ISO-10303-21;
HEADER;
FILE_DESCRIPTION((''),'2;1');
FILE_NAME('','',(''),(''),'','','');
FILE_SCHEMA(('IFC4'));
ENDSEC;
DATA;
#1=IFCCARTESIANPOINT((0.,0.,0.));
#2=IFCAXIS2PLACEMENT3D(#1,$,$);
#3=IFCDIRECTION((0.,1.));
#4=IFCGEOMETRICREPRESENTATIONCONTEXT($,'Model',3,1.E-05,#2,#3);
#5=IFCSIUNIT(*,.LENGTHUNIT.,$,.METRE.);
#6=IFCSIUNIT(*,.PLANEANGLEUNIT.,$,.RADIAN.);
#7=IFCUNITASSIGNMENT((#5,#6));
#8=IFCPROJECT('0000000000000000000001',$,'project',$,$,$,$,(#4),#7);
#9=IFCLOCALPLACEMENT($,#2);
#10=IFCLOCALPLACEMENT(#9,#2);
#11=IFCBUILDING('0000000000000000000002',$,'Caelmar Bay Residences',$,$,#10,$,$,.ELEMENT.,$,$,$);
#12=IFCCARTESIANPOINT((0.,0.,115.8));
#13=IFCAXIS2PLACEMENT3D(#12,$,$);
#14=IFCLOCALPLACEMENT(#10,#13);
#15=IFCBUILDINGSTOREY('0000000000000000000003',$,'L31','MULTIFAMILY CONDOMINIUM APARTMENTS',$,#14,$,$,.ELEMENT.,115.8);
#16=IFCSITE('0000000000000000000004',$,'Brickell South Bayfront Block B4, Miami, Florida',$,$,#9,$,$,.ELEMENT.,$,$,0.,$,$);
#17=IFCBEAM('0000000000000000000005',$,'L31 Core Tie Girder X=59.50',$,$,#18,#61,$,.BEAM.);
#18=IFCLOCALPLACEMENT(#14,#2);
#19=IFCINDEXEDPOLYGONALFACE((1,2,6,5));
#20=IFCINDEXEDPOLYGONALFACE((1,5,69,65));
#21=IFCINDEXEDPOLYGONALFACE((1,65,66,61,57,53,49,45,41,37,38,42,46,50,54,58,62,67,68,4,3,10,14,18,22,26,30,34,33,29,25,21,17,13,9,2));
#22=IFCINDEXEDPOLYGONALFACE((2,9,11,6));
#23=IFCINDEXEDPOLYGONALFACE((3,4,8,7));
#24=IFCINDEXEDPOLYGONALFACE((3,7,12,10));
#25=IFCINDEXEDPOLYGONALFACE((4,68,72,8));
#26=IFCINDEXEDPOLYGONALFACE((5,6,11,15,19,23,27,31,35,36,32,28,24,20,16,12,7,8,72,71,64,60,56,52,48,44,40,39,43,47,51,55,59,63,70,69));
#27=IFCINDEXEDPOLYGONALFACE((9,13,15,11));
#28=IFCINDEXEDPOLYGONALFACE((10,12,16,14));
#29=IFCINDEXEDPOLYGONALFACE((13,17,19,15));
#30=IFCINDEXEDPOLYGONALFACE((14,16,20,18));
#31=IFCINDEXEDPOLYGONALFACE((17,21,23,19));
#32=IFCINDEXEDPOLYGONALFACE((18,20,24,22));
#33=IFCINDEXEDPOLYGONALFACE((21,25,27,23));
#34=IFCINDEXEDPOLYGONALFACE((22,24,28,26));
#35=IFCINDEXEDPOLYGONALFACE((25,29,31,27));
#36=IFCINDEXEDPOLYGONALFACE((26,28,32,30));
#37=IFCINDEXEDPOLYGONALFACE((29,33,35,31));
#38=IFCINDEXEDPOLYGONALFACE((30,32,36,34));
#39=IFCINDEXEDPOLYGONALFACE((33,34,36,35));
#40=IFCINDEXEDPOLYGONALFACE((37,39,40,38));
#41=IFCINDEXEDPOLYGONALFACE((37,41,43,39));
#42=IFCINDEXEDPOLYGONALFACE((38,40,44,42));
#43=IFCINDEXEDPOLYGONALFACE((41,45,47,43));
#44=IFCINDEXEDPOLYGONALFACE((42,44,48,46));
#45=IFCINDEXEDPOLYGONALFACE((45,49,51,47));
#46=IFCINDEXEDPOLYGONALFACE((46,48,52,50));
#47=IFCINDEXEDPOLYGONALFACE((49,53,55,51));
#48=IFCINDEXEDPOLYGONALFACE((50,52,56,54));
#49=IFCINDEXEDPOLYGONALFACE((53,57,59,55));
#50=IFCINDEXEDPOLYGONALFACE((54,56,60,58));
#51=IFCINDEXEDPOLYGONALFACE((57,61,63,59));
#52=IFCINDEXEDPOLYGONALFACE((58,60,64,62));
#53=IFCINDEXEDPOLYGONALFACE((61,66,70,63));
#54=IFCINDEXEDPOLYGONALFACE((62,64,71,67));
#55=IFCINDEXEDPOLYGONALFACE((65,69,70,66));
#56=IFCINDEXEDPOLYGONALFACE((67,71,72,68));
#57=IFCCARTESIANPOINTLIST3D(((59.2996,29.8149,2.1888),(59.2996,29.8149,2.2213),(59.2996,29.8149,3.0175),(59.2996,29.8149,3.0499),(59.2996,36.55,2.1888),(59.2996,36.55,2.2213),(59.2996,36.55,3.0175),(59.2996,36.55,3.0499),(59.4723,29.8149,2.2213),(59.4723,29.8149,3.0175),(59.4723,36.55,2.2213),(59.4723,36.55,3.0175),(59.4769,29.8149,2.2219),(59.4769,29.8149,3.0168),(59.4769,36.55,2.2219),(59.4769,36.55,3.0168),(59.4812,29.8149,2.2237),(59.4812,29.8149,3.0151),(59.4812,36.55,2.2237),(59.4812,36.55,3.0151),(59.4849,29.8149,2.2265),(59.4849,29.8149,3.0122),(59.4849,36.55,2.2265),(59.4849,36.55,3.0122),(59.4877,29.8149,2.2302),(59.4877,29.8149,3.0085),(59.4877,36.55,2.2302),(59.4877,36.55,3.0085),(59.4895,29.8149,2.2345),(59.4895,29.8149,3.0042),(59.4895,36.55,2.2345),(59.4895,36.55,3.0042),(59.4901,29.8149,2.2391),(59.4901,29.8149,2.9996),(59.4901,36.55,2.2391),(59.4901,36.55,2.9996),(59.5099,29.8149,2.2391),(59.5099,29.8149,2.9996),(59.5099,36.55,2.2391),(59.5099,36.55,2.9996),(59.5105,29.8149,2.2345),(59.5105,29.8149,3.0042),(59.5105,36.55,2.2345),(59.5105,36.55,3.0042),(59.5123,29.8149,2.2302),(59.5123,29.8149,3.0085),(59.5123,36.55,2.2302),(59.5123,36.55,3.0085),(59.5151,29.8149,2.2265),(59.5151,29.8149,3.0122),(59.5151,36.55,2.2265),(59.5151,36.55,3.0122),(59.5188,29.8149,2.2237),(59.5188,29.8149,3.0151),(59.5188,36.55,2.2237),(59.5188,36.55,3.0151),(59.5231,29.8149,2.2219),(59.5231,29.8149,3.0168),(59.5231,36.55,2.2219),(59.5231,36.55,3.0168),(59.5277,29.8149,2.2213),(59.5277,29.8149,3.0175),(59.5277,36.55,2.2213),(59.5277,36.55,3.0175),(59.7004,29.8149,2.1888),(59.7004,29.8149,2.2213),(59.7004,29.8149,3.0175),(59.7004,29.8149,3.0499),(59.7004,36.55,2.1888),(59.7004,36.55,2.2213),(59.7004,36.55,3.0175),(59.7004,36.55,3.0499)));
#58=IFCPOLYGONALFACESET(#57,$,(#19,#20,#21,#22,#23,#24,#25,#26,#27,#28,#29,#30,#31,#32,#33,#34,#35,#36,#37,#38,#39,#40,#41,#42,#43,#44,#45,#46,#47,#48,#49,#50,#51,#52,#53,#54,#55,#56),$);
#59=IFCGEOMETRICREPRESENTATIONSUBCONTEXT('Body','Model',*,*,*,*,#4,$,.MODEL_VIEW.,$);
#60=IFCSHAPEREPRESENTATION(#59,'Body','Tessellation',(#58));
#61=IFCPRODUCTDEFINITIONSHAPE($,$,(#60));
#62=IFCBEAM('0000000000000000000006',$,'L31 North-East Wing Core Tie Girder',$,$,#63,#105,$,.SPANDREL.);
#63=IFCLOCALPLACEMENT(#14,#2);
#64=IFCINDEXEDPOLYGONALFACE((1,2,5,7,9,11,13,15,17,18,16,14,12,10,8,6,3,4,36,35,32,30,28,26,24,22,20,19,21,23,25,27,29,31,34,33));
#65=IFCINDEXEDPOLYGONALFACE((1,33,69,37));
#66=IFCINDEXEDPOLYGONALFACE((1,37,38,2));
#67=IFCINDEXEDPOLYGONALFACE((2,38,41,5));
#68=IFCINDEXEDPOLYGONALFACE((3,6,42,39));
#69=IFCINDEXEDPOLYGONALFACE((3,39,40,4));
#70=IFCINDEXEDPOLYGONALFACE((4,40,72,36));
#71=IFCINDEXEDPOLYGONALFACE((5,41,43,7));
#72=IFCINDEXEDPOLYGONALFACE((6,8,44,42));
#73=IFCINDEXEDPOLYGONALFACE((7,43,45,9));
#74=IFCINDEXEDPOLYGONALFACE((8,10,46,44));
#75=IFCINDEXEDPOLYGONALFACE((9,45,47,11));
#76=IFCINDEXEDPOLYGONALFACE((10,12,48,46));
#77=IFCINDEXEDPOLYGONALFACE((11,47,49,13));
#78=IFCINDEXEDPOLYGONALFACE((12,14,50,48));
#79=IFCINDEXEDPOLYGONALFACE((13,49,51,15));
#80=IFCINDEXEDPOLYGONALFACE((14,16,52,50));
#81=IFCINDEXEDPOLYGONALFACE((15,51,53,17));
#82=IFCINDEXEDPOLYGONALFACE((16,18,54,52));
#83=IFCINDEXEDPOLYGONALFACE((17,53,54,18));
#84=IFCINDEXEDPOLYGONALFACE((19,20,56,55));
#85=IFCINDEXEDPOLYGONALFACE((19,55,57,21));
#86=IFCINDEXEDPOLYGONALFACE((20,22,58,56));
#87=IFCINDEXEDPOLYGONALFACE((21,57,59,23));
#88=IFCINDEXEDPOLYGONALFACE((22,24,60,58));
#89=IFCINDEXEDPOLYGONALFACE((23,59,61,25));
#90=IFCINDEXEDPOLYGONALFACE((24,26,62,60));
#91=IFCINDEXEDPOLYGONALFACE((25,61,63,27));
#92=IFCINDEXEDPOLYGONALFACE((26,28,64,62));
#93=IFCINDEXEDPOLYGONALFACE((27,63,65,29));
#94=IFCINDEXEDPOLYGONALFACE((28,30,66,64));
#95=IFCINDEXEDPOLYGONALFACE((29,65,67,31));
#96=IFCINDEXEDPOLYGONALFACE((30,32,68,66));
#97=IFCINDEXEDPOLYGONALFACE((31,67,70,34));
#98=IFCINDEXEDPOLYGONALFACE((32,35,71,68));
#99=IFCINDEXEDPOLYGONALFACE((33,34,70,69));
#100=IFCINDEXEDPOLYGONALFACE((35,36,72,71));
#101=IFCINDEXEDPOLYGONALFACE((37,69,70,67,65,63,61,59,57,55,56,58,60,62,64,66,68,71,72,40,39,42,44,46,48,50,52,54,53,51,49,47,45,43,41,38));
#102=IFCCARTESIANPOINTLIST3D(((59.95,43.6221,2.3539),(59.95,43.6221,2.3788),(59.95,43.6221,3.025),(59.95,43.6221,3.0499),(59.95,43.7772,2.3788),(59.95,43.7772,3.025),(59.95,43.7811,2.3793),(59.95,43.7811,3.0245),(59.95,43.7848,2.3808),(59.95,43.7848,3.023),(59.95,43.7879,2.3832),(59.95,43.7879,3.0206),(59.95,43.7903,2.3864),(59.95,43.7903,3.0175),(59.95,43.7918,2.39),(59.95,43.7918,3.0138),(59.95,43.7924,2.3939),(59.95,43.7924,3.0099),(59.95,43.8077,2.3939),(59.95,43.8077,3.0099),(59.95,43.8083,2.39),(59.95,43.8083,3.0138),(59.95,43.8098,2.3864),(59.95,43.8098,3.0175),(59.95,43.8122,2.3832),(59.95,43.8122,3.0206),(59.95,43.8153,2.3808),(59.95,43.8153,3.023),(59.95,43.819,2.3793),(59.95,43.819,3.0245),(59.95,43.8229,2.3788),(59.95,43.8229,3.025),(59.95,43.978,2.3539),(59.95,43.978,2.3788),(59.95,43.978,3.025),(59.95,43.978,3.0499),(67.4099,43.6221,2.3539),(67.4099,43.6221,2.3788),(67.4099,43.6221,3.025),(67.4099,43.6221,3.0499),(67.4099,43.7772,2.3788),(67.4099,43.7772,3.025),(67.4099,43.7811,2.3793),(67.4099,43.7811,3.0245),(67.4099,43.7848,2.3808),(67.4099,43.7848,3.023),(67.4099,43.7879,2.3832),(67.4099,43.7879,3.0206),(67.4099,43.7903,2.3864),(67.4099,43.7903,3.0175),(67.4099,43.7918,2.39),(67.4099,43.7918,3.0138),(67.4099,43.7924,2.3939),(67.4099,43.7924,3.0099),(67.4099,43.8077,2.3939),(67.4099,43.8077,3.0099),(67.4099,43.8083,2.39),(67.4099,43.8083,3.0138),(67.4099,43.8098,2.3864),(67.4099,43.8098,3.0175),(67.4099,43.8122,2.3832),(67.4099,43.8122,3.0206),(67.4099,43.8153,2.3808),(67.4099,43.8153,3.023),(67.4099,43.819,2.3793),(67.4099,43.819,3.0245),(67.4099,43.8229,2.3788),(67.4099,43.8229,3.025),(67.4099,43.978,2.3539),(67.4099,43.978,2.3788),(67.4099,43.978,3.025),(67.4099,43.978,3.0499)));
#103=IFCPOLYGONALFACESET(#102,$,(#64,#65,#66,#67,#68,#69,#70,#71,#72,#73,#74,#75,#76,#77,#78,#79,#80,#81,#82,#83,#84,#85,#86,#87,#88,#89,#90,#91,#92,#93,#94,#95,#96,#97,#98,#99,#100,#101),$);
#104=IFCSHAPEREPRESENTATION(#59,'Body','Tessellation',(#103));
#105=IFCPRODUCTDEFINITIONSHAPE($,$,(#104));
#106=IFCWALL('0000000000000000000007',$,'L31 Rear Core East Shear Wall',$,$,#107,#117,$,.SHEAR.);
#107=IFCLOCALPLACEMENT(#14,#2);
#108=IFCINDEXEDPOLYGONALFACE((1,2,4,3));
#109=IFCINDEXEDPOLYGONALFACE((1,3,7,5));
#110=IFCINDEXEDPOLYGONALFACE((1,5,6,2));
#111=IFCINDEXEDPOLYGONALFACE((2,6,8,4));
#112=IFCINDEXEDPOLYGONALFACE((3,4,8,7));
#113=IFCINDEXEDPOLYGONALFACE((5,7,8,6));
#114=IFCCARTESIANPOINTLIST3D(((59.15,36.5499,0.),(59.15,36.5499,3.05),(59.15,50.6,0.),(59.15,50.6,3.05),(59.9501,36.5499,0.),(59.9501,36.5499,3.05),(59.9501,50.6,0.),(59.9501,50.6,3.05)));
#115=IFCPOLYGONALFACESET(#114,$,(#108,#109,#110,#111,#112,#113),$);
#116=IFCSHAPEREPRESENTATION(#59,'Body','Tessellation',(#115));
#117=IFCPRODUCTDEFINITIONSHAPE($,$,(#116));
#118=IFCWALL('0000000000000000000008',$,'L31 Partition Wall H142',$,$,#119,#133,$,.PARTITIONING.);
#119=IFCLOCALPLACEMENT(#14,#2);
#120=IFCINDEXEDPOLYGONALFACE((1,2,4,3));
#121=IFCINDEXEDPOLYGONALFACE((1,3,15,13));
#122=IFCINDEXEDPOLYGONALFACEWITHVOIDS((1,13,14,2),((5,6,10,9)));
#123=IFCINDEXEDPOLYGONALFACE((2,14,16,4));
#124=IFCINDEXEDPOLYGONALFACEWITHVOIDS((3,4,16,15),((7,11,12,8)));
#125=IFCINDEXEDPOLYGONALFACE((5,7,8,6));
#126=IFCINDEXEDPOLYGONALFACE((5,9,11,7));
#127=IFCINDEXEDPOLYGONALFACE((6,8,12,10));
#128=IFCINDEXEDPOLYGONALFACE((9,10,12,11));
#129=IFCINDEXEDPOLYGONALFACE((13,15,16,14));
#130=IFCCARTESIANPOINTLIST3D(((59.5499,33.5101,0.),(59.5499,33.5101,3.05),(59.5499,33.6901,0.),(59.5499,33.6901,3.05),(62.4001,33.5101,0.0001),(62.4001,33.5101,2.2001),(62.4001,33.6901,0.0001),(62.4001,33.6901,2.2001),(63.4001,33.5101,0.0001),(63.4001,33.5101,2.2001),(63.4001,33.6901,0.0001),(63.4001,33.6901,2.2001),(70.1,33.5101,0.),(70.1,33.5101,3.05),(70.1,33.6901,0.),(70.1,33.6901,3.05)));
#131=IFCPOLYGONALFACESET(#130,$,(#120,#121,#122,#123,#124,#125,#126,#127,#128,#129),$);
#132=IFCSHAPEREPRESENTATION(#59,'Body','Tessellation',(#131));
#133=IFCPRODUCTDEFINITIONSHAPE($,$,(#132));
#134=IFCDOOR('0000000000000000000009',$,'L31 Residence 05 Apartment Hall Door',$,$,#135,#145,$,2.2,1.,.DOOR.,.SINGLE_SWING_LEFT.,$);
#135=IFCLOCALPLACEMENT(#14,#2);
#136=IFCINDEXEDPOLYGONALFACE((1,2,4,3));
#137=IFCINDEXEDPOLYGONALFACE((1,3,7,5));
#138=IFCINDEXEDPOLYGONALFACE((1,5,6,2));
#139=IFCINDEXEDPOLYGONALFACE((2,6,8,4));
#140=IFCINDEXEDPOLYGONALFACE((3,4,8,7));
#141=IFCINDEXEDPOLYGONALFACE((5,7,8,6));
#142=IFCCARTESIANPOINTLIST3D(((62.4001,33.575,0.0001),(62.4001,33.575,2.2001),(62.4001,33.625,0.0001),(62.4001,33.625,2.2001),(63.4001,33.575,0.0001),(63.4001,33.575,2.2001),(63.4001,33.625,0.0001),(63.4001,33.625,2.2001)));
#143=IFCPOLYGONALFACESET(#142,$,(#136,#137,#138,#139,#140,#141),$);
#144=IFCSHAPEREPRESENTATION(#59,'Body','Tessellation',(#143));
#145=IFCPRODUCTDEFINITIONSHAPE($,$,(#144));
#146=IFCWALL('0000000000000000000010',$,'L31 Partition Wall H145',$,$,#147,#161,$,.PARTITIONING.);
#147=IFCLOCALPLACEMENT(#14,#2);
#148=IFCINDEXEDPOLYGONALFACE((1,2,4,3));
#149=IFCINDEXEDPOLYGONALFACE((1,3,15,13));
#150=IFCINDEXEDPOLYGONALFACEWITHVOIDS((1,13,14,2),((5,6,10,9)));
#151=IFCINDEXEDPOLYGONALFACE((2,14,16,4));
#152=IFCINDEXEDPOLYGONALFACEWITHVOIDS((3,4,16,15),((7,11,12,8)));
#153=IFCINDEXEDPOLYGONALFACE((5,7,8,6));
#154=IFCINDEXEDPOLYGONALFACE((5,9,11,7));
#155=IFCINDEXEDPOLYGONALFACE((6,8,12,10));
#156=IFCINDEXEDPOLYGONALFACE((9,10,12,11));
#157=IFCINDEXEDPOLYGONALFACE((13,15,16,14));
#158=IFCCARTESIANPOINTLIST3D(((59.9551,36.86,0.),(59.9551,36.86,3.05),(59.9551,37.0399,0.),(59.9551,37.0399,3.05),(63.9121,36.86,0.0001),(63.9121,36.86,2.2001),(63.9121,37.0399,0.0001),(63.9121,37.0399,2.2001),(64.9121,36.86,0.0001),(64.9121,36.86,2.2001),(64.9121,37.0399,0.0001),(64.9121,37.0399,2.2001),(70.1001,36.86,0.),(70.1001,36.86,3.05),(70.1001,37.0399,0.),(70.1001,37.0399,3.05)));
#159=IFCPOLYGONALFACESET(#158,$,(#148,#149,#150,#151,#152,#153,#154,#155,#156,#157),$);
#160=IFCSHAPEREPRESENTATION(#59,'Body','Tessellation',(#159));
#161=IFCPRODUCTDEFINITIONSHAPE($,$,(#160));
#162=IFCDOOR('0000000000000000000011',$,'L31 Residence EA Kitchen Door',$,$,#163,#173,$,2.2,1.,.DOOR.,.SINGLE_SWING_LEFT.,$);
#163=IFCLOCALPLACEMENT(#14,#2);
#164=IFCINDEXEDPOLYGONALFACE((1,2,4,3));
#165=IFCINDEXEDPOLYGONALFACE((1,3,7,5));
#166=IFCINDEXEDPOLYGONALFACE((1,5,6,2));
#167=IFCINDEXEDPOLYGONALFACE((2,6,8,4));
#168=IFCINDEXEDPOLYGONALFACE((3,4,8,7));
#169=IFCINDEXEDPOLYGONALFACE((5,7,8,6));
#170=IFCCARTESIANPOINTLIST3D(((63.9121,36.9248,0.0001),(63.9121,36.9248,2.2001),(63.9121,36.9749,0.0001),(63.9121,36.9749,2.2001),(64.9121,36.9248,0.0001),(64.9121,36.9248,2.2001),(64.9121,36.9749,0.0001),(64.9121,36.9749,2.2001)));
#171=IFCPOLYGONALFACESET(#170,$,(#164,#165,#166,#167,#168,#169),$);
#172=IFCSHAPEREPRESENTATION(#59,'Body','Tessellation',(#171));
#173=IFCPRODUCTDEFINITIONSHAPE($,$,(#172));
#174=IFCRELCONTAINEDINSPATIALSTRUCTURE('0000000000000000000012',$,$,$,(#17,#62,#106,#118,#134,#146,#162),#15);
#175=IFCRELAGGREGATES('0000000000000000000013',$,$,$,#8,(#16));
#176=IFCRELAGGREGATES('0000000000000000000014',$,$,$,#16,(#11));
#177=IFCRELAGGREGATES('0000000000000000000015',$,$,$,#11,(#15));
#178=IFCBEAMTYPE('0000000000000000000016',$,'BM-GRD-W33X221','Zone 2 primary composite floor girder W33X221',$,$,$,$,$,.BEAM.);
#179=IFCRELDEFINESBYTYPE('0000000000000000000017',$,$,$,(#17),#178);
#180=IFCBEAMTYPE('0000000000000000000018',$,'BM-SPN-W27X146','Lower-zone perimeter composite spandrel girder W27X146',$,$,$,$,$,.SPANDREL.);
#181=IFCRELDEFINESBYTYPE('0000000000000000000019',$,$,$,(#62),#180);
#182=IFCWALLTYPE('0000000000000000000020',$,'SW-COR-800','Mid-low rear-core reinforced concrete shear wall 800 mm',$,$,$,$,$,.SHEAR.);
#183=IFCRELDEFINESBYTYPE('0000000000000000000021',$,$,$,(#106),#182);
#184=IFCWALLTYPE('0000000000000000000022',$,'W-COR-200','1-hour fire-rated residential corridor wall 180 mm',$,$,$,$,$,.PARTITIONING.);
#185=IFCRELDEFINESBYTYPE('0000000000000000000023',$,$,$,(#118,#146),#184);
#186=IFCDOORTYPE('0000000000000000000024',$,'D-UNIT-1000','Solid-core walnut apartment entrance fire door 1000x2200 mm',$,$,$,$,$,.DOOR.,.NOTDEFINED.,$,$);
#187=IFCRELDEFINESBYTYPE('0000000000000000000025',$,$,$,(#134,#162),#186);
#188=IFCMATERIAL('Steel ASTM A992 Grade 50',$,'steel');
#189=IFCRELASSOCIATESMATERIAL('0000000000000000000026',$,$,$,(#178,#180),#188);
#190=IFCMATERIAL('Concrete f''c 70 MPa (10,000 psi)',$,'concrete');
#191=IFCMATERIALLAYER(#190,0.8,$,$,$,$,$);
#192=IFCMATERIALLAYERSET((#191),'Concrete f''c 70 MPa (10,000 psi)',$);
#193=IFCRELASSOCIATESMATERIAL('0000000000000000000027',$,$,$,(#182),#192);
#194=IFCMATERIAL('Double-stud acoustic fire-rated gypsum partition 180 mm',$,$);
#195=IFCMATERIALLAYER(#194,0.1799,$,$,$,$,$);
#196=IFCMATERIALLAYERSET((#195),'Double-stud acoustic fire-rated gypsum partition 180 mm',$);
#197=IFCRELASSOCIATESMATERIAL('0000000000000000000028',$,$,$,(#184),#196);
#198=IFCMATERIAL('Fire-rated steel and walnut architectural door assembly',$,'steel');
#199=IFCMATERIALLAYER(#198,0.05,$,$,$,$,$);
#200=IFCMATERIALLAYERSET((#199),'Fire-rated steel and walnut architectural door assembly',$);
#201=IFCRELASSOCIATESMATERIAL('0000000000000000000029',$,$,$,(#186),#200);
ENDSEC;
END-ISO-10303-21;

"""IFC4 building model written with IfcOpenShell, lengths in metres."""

from ifc_helpers import new_model, si_unit, direction, frame, frame_2d, origin, origin_2d, place, context, subcontext, project, spatial, rectangle, i_section, extrude, material, layer, layer_set, material_profile, profile_set, type_object, element, fill, save


model = new_model("IFC4")

# Units and contexts
model_context = context("Model", 3, precision=1e-05, world=origin(), true_north=direction((0.0, 1.0)))
body_context = subcontext(model_context, "Body", "Model", "MODEL_VIEW")
ifc_project = project(units=[si_unit("LENGTHUNIT", "METRE"), si_unit("PLANEANGLEUNIT", "RADIAN")], contexts=[model_context])

# Site, building, storey
site_placement = place(None, origin())
site = spatial("IfcSite", under=ifc_project, at=site_placement, Name="Brickell South Bayfront Block B4, Miami, Florida", CompositionType="ELEMENT", RefElevation=0.0)
building_placement = place(site_placement, origin())
building = spatial("IfcBuilding", under=site, at=building_placement, Name="Caelmar Bay Residences", CompositionType="ELEMENT")
storey_placement = place(building_placement, frame((0.0, 0.0, 115.8)))
storey = spatial("IfcBuildingStorey", under=building, at=storey_placement, Name="L31", Description="MULTIFAMILY CONDOMINIUM APARTMENTS", CompositionType="ELEMENT", Elevation=115.8)

# Beams
ifc_material_1 = material(Name="Steel ASTM A992 Grade 50", Category="steel")
ifc_material_profile_1 = material_profile(ifc_material_1, i_section(OverallWidth=0.4009, OverallDepth=0.8611, WebThickness=0.0198, FlangeThickness=0.0325, FilletRadius=0.0178, at=origin_2d()), Name="W33X221")
ifc_profile_set_1 = profile_set([ifc_material_profile_1], Name="Steel ASTM A992 Grade 50")
beam_type_1 = type_object("IfcBeamType", Name="BM-GRD-W33X221", Description="Zone 2 primary composite floor girder W33X221", PredefinedType="BEAM", material=ifc_profile_set_1)
beam_1_placement = place(storey_placement, frame((59.5, 29.8149, 2.6194), z_axis=(0.0, 1.0, 0.0), x_axis=(-1.0, 0.0, 0.0)))
element("IfcBeam", 1, at=beam_1_placement, inside=storey, type_object=beam_type_1, Name="L31 Core Tie Girder X=59.50", PredefinedType="BEAM", context=body_context, shape_type="SweptSolid", body=[
    extrude(i_section(OverallWidth=0.4009, OverallDepth=0.8611, WebThickness=0.0198, FlangeThickness=0.0325, FilletRadius=0.0178, at=origin_2d()), origin(), (0.0, 0.0, 1.0), 6.7351),
])
ifc_material_profile_2 = material_profile(ifc_material_1, i_section(OverallWidth=0.356, OverallDepth=0.696, WebThickness=0.0154, FlangeThickness=0.0249, FilletRadius=0.0151, at=origin_2d()), Name="W27X146")
ifc_profile_set_2 = profile_set([ifc_material_profile_2], Name="Steel ASTM A992 Grade 50")
beam_type_2 = type_object("IfcBeamType", Name="BM-SPN-W27X146", Description="Lower-zone perimeter composite spandrel girder W27X146", PredefinedType="SPANDREL", material=ifc_profile_set_2)
beam_2_placement = place(storey_placement, frame((59.95, 43.8, 2.7019), z_axis=(1.0, 0.0, 0.0), x_axis=(0.0, 1.0, 0.0)))
element("IfcBeam", 2, at=beam_2_placement, inside=storey, type_object=beam_type_2, Name="L31 North-East Wing Core Tie Girder", PredefinedType="SPANDREL", context=body_context, shape_type="SweptSolid", body=[
    extrude(i_section(OverallWidth=0.356, OverallDepth=0.696, WebThickness=0.0154, FlangeThickness=0.0249, FilletRadius=0.0151, at=origin_2d()), origin(), (0.0, 0.0, 1.0), 7.46),
])

# Wall
ifc_material_2 = material(Name="Concrete f'c 70 MPa (10,000 psi)", Category="concrete")
ifc_layer_1 = layer(ifc_material_2, 0.8)
ifc_layer_set_1 = layer_set([ifc_layer_1], Name="Concrete f'c 70 MPa (10,000 psi)")
wall_type_1 = type_object("IfcWallType", Name="SW-COR-800", Description="Mid-low rear-core reinforced concrete shear wall 800 mm", PredefinedType="SHEAR", material=ifc_layer_set_1)
wall_1_placement = place(storey_placement, frame((59.55, 36.55, 0.0), z_axis=(0.0, 0.0, 1.0), x_axis=(0.0, 1.0, 0.0)))
element("IfcWall", 3, at=wall_1_placement, inside=storey, type_object=wall_type_1, Name="L31 Rear Core East Shear Wall", PredefinedType="SHEAR", context=body_context, shape_type="SweptSolid", body=[
    extrude(rectangle(XDim=14.05, YDim=0.8, at=frame_2d((7.0249, 0.0))), origin(), (0.0, 0.0, 1.0), 3.05),
])

# Walls, openings, doors
ifc_material_3 = material(Name="Double-stud acoustic fire-rated gypsum partition 180 mm")
ifc_layer_2 = layer(ifc_material_3, 0.1799)
ifc_layer_set_2 = layer_set([ifc_layer_2], Name="Double-stud acoustic fire-rated gypsum partition 180 mm")
wall_type_2 = type_object("IfcWallType", Name="W-COR-200", Description="1-hour fire-rated residential corridor wall 180 mm", PredefinedType="PARTITIONING", material=ifc_layer_set_2)
wall_2_placement = place(storey_placement, frame((59.55, 33.6001, 0.0), z_axis=(0.0, 0.0, 1.0), x_axis=(1.0, 0.0, 0.0)))
wall_2 = element("IfcWall", 4, at=wall_2_placement, inside=storey, type_object=wall_type_2, Name="L31 Partition Wall H142", PredefinedType="PARTITIONING", context=body_context, shape_type="SweptSolid", body=[
    extrude(rectangle(XDim=10.55, YDim=0.1799, at=frame_2d((5.2749, 0.0))), origin(), (0.0, 0.0, 1.0), 3.05),
])
opening_1_placement = place(wall_2_placement, frame((2.8501, 0.0, 0.0)))
opening_1 = element("IfcOpeningElement", 5, at=opening_1_placement, cuts=wall_2, PredefinedType="OPENING", context=body_context, shape_type="SweptSolid", body=[
    extrude(rectangle(XDim=1.0, YDim=2.2, at=frame_2d((0.5, 1.1001))), frame((0.0, 0.0999, 0.0), z_axis=(0.0, -1.0, 0.0), x_axis=(1.0, 0.0, 0.0)), (0.0, 0.0, 1.0), 0.2),
])
ifc_material_4 = material(Name="Fire-rated steel and walnut architectural door assembly", Category="steel")
ifc_layer_3 = layer(ifc_material_4, 0.05)
ifc_layer_set_3 = layer_set([ifc_layer_3], Name="Fire-rated steel and walnut architectural door assembly")
door_type_1 = type_object("IfcDoorType", Name="D-UNIT-1000", Description="Solid-core walnut apartment entrance fire door 1000x2200 mm", OperationType="NOTDEFINED", PredefinedType="DOOR", material=ifc_layer_set_3)
door_1_placement = place(opening_1_placement, origin())
door_1 = element("IfcDoor", 6, at=door_1_placement, inside=storey, type_object=door_type_1, Name="L31 Residence 05 Apartment Hall Door", OperationType="SINGLE_SWING_LEFT", OverallHeight=2.2, OverallWidth=1.0, PredefinedType="DOOR", context=body_context, shape_type="SweptSolid", body=[
    extrude(rectangle(XDim=1.0, YDim=2.2, at=frame_2d((0.5, 1.1001))), frame((0.0, 0.0249, 0.0), z_axis=(0.0, -1.0, 0.0), x_axis=(1.0, 0.0, 0.0)), (0.0, 0.0, 1.0), 0.05),
])
fill(opening_1, door_1)
wall_3_placement = place(storey_placement, frame((59.9551, 36.95, 0.0), z_axis=(0.0, 0.0, 1.0), x_axis=(1.0, 0.0, 0.0)))
wall_3 = element("IfcWall", 7, at=wall_3_placement, inside=storey, type_object=wall_type_2, Name="L31 Partition Wall H145", PredefinedType="PARTITIONING", context=body_context, shape_type="SweptSolid", body=[
    extrude(rectangle(XDim=10.145, YDim=0.1799, at=frame_2d((5.0725, 0.0))), origin(), (0.0, 0.0, 1.0), 3.05),
])
opening_2_placement = place(wall_3_placement, frame((3.957, 0.0, 0.0)))
opening_2 = element("IfcOpeningElement", 8, at=opening_2_placement, cuts=wall_3, PredefinedType="OPENING", context=body_context, shape_type="SweptSolid", body=[
    extrude(rectangle(XDim=1.0, YDim=2.2, at=frame_2d((0.5, 1.1001))), frame((0.0, 0.0999, 0.0), z_axis=(0.0, -1.0, 0.0), x_axis=(1.0, 0.0, 0.0)), (0.0, 0.0, 1.0), 0.2),
])
door_2_placement = place(opening_2_placement, origin())
door_2 = element("IfcDoor", 9, at=door_2_placement, inside=storey, type_object=door_type_1, Name="L31 Residence EA Kitchen Door", OperationType="SINGLE_SWING_LEFT", OverallHeight=2.2, OverallWidth=1.0, PredefinedType="DOOR", context=body_context, shape_type="SweptSolid", body=[
    extrude(rectangle(XDim=1.0, YDim=2.2, at=frame_2d((0.5, 1.1001))), frame((0.0, 0.0249, 0.0), z_axis=(0.0, -1.0, 0.0), x_axis=(1.0, 0.0, 0.0)), (0.0, 0.0, 1.0), 0.05),
])
fill(opening_2, door_2)

save(model, "model.ifc")
